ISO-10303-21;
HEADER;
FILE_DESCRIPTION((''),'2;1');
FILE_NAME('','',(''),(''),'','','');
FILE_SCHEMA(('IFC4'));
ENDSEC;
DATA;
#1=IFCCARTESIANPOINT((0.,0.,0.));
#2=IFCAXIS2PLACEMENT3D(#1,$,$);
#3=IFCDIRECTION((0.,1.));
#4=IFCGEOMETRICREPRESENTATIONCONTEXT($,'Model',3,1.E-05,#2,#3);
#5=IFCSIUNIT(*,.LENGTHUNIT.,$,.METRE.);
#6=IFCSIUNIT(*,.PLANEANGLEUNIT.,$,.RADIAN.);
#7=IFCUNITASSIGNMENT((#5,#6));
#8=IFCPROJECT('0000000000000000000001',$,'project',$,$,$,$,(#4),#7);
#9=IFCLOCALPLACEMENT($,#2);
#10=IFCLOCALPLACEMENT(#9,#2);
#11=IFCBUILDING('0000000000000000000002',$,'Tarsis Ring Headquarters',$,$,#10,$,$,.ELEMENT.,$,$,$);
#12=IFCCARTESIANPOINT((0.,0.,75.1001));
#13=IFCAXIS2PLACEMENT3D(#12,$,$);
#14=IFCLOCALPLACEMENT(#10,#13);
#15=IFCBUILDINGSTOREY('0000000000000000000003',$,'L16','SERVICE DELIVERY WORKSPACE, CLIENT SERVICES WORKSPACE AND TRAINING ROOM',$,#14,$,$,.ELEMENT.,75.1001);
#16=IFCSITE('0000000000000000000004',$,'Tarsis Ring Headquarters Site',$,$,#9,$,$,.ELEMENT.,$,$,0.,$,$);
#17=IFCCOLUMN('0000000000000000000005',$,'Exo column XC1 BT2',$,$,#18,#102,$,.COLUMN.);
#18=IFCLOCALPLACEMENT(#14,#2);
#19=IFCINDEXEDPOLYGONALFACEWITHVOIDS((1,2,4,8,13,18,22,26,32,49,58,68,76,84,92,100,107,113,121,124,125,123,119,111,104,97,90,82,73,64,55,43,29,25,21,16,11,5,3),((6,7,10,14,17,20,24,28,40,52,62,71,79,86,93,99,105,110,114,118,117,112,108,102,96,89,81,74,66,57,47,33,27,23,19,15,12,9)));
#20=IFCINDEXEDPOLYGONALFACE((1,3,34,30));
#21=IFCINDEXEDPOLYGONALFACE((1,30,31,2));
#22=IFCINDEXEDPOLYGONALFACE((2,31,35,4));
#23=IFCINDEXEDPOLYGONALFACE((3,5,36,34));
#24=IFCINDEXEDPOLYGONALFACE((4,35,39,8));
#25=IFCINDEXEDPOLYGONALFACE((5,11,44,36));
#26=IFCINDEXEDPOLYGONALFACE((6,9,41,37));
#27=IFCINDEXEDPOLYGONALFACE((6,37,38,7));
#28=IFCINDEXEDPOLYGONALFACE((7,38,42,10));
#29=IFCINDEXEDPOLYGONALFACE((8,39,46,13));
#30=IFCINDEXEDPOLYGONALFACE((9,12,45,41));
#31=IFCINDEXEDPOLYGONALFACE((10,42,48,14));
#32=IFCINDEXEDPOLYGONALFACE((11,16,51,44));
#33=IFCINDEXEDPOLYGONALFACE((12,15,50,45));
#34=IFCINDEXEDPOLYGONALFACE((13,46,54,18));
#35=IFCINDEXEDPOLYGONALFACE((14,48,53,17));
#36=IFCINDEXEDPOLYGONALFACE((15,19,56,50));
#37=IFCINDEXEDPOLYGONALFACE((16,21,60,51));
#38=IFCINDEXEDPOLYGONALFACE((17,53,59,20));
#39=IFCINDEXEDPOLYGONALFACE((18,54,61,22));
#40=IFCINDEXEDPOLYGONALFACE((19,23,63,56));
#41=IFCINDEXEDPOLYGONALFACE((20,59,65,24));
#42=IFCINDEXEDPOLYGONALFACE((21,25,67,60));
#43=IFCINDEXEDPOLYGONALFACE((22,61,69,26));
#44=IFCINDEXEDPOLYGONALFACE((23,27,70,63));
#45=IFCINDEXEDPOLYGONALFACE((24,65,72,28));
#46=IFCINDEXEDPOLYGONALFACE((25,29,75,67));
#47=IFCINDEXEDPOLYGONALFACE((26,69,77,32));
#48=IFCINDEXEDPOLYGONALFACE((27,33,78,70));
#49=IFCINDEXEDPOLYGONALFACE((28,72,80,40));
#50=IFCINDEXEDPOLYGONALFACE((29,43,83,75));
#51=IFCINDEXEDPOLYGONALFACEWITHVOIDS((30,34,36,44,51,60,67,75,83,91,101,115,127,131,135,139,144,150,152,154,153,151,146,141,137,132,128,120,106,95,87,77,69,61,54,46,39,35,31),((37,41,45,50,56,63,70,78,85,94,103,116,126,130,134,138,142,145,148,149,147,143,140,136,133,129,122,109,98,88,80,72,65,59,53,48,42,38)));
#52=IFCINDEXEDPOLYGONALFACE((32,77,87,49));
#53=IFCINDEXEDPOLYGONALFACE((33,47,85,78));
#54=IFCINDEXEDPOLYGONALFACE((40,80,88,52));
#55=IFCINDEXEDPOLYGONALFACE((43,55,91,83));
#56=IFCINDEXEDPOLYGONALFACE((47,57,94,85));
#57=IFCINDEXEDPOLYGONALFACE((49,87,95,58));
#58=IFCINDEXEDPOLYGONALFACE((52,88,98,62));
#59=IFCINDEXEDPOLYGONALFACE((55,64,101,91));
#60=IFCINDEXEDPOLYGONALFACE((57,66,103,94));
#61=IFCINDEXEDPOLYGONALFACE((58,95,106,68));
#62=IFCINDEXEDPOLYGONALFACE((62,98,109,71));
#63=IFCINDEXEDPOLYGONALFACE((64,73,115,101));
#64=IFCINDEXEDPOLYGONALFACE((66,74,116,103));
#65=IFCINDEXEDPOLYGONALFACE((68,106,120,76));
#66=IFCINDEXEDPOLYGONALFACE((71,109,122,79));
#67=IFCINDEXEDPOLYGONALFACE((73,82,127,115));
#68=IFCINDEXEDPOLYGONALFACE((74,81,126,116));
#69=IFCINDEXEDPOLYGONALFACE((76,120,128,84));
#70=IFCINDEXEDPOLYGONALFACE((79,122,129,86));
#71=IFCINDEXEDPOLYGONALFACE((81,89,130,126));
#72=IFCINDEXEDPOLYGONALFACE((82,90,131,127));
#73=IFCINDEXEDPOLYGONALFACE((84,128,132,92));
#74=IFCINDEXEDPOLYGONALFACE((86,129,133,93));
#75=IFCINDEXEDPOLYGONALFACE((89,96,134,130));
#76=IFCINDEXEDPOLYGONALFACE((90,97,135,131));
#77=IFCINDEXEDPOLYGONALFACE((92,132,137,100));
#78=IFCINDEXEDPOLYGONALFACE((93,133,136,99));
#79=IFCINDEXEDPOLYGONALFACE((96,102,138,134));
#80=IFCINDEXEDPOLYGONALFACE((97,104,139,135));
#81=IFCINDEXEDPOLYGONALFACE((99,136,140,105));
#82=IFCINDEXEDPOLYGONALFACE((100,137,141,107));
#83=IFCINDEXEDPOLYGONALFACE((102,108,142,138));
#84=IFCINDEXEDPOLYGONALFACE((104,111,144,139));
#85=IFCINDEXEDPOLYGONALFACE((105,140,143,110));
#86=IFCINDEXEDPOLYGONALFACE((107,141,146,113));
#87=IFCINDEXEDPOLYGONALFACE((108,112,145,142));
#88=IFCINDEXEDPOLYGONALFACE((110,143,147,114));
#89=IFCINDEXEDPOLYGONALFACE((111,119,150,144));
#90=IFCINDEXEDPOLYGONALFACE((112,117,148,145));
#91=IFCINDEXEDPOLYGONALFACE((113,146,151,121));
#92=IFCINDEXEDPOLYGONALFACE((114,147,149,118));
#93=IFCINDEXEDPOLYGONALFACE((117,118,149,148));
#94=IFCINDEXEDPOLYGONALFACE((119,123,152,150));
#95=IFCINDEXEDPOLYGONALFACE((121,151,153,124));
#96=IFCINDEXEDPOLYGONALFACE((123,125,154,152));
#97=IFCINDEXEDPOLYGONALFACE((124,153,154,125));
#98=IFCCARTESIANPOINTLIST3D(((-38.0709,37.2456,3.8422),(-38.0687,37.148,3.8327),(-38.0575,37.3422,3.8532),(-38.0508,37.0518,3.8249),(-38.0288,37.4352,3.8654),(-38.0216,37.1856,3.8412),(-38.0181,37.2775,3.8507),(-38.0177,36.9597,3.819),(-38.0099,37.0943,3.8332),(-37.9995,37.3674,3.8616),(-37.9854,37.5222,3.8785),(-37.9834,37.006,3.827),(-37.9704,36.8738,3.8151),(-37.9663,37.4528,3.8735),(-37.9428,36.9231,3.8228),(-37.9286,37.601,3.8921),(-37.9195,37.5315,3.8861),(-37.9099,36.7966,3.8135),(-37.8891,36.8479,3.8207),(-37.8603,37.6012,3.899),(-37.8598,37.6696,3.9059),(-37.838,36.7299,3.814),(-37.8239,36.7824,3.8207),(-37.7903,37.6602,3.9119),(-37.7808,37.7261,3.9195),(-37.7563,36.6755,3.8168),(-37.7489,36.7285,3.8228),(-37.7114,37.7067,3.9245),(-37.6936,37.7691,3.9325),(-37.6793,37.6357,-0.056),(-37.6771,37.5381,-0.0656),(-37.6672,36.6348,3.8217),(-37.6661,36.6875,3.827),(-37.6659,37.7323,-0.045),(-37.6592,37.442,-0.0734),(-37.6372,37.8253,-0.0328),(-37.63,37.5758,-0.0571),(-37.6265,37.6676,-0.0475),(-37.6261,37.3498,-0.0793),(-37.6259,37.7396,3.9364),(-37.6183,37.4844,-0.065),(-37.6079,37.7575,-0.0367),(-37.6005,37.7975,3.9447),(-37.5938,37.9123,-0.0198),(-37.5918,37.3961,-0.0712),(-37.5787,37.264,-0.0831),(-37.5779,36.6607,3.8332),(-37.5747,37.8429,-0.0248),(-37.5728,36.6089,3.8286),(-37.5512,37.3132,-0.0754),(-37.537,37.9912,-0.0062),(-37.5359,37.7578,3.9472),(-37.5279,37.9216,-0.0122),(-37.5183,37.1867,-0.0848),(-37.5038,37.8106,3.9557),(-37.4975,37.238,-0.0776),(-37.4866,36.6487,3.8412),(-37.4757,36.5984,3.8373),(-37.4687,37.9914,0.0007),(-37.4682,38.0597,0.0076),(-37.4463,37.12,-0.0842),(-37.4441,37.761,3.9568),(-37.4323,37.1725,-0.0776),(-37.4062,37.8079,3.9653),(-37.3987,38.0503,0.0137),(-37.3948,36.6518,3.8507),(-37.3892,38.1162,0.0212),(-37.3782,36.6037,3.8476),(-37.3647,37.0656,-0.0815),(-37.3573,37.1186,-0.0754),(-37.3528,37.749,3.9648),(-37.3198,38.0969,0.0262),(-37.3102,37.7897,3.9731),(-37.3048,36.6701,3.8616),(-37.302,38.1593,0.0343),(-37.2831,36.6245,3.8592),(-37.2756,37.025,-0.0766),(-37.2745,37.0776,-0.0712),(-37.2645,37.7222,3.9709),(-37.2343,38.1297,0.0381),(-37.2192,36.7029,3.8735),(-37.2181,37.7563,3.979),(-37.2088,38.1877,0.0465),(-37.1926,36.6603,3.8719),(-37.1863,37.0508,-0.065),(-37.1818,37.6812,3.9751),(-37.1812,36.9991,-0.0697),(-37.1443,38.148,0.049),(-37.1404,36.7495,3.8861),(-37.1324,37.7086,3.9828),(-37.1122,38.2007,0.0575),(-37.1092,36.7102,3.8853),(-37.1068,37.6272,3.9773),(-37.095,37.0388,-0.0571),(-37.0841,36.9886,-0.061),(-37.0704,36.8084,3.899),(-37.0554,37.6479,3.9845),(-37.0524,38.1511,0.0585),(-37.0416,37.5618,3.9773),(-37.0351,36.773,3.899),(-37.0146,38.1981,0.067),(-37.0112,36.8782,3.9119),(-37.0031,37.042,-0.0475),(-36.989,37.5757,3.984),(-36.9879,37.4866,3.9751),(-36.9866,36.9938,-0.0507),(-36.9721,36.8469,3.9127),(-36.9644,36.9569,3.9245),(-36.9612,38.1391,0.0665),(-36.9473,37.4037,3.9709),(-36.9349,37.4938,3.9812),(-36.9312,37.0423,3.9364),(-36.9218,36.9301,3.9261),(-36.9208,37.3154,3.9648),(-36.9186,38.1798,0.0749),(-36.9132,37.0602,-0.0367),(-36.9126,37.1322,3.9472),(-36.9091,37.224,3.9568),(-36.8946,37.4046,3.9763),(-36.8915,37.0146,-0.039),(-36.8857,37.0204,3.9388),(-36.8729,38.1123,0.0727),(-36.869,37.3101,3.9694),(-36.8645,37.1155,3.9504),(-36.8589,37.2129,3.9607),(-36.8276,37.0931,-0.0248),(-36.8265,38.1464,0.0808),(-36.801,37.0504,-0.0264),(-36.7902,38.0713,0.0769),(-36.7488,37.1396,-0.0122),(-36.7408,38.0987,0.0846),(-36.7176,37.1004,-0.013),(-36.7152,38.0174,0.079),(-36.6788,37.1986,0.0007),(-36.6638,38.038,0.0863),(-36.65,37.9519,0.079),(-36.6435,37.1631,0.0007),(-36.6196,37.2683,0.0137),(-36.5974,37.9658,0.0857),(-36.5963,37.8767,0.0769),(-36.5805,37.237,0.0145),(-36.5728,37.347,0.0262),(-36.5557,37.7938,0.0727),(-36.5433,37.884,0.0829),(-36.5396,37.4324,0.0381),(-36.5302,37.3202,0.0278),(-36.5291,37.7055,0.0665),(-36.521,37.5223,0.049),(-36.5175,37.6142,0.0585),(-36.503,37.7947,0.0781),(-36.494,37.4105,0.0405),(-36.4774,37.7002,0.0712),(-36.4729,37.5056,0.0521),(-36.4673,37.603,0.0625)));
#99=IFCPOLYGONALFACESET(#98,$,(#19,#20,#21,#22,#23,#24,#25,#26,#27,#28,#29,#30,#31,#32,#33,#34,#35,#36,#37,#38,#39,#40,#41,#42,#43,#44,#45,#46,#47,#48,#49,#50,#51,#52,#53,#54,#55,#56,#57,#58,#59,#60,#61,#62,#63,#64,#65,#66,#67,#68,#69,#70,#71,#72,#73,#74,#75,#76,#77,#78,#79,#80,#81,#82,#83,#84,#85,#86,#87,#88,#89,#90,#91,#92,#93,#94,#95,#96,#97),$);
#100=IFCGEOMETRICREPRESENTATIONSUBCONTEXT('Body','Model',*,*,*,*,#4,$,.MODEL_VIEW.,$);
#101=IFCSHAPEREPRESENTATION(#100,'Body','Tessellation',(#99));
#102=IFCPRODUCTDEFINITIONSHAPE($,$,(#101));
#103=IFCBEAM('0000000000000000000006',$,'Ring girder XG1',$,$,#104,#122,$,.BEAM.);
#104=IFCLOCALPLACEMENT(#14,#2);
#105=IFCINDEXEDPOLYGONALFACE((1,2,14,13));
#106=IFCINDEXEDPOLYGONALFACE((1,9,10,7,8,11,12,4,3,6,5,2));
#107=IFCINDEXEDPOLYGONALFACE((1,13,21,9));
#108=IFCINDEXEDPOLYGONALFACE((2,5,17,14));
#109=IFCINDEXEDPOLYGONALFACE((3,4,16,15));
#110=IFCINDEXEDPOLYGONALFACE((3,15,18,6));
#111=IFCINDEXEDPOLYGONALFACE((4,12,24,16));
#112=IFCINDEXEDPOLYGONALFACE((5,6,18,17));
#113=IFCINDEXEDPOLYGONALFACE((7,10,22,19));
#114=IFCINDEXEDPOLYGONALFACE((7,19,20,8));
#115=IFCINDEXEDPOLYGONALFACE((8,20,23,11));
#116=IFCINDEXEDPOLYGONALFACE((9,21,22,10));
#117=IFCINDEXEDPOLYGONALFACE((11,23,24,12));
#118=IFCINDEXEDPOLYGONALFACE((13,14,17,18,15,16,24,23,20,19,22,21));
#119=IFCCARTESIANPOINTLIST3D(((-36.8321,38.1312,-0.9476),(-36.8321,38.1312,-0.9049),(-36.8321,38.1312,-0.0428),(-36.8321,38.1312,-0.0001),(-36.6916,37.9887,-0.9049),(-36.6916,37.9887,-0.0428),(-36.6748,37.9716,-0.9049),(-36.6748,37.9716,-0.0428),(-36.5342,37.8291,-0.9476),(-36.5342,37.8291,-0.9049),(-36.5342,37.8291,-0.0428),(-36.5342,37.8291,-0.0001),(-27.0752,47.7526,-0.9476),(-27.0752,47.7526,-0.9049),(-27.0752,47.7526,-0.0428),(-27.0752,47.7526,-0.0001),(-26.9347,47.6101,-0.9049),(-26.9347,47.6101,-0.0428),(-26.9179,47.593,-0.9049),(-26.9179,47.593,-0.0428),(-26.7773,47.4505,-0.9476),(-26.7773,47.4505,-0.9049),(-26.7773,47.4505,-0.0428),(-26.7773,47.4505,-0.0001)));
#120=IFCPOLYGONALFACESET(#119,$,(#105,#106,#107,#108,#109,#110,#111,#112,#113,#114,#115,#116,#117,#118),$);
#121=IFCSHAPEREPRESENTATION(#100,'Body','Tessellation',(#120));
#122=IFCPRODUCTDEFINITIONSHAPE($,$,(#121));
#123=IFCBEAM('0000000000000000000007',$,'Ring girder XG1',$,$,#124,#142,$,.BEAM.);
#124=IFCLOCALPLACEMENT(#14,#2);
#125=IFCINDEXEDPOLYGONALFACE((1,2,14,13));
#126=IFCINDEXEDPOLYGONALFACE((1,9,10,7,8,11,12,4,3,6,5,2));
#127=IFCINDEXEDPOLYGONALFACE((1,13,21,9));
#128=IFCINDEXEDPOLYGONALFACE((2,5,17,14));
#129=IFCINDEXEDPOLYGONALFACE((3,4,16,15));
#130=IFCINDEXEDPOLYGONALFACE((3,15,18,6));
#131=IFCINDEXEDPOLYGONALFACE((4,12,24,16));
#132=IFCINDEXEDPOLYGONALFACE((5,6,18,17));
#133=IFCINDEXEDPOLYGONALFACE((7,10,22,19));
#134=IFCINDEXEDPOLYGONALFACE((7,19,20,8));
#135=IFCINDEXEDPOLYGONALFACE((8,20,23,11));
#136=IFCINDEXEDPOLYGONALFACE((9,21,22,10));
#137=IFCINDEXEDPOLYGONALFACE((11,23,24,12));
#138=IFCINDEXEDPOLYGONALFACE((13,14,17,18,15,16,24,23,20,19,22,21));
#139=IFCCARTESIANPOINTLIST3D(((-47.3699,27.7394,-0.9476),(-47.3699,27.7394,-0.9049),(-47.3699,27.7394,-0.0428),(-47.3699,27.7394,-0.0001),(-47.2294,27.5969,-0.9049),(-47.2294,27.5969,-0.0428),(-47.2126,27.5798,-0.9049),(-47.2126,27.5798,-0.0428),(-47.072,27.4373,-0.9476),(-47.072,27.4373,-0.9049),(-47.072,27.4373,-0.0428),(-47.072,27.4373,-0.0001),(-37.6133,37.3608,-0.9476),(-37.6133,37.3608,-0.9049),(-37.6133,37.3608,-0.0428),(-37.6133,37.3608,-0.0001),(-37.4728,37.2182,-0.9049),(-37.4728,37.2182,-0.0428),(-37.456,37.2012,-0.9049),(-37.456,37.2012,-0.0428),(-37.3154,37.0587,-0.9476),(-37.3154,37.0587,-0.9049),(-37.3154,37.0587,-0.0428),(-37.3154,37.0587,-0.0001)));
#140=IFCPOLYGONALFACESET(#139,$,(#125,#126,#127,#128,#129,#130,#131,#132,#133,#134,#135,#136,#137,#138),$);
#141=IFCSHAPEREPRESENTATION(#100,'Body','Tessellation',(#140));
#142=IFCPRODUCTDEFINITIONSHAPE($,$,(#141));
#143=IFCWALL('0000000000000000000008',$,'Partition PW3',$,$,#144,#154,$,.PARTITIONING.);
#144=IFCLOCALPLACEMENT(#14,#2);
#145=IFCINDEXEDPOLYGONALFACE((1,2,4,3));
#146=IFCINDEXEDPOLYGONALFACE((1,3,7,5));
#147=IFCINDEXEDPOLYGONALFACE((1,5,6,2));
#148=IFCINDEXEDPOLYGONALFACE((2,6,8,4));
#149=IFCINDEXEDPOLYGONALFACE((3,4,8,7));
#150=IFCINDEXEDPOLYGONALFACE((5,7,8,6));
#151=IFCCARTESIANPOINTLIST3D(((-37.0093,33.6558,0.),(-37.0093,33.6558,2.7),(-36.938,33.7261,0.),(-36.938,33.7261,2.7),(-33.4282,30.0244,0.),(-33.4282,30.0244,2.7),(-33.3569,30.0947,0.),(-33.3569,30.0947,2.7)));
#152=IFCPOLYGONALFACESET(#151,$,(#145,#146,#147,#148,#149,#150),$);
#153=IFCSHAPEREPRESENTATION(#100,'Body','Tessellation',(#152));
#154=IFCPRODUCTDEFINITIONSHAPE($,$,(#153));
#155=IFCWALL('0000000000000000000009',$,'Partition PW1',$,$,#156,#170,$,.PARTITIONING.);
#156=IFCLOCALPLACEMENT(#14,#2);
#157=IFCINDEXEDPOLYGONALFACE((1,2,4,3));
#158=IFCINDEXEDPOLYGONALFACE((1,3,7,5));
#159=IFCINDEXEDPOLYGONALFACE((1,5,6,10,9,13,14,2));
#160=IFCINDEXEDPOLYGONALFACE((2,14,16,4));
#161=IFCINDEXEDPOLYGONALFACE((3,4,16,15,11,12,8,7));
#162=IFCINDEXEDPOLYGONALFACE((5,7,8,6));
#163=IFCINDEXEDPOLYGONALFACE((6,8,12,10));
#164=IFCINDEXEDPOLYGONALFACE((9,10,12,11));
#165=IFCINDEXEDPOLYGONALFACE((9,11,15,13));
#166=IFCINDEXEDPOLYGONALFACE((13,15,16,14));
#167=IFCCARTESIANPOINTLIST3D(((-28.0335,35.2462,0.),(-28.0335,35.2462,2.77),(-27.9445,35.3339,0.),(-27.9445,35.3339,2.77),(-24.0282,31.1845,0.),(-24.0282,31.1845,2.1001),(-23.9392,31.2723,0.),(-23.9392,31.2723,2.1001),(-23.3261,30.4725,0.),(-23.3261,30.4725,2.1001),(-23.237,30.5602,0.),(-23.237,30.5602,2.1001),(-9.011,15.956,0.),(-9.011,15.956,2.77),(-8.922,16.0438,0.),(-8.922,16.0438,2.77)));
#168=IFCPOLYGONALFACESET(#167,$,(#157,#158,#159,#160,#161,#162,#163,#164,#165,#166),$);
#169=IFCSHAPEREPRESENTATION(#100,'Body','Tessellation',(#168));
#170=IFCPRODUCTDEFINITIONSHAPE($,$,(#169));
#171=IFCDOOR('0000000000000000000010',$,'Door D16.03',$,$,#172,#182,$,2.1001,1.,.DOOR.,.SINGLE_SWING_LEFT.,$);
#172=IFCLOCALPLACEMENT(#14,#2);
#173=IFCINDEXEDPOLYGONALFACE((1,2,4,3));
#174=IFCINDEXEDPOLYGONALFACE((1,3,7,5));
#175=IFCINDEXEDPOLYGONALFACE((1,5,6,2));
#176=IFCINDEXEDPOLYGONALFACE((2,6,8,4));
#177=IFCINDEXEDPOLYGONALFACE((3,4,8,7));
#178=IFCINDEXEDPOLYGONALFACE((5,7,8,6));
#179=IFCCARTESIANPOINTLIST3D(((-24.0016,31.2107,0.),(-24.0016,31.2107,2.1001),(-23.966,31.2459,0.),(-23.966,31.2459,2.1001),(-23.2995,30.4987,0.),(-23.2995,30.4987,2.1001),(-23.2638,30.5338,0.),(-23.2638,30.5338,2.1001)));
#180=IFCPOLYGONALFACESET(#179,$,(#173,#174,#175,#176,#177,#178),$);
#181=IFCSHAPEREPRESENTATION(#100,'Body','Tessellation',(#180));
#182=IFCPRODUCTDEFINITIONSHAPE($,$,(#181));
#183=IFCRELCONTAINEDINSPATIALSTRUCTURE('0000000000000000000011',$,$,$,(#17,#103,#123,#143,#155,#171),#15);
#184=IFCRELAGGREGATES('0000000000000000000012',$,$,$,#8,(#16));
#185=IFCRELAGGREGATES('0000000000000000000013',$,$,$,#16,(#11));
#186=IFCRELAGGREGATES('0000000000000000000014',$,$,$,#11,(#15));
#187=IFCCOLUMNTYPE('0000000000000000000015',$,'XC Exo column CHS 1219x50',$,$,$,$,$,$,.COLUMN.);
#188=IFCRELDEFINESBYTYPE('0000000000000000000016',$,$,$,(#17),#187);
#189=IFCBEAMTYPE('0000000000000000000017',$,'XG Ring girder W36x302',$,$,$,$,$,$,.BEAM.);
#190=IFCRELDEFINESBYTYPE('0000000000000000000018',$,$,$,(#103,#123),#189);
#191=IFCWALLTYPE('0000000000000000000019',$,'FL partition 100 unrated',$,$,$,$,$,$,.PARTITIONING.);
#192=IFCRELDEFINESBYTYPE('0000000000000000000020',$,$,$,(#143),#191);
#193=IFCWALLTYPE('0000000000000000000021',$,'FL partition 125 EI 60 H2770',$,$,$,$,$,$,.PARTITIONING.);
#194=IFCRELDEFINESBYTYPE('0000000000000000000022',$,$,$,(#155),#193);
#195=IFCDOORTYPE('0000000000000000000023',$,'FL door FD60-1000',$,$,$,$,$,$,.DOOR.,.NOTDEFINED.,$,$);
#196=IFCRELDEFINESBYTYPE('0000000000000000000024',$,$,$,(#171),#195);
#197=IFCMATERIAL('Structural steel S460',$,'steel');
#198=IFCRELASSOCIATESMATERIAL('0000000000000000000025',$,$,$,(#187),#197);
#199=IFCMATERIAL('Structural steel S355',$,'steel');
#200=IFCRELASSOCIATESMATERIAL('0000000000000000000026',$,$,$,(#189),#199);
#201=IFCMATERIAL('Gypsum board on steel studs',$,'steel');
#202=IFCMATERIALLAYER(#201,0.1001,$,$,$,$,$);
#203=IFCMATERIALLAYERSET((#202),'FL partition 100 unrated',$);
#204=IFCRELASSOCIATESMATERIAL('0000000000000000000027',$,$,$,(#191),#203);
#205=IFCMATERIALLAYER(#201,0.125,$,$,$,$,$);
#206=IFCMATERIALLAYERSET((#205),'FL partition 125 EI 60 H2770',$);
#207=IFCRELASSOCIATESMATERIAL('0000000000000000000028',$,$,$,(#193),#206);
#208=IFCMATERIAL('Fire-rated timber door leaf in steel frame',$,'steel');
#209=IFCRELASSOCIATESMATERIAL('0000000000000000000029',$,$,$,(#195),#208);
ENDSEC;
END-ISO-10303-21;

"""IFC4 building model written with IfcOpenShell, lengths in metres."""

from ifc_helpers import new_model, si_unit, direction, frame, frame_2d, origin, origin_2d, place, context, subcontext, project, spatial, rectangle, hollow_circle, i_section, extrude, material, layer, layer_set, material_profile, profile_set, type_object, element, fill, save


model = new_model("IFC4")

# Units and contexts
model_context = context("Model", 3, precision=1e-05, world=origin(), true_north=direction((0.0, 1.0)))
body_context = subcontext(model_context, "Body", "Model", "MODEL_VIEW")
ifc_project = project(units=[si_unit("LENGTHUNIT", "METRE"), si_unit("PLANEANGLEUNIT", "RADIAN")], contexts=[model_context])

# Site, building, storey
site_placement = place(None, origin())
site = spatial("IfcSite", under=ifc_project, at=site_placement, Name="Tarsis Ring Headquarters Site", CompositionType="ELEMENT", RefElevation=0.0)
building_placement = place(site_placement, origin())
building = spatial("IfcBuilding", under=site, at=building_placement, Name="Tarsis Ring Headquarters", CompositionType="ELEMENT")
storey_placement = place(building_placement, frame((0.0, 0.0, 75.1001)))
storey = spatial("IfcBuildingStorey", under=building, at=storey_placement, Name="L16", Description="SERVICE DELIVERY WORKSPACE, CLIENT SERVICES WORKSPACE AND TRAINING ROOM", CompositionType="ELEMENT", Elevation=75.1001)

# Column
ifc_material_1 = material(Name="Structural steel S460", Category="steel")
ifc_material_profile_1 = material_profile(ifc_material_1, hollow_circle(Radius=0.6096, WallThickness=0.05, at=origin_2d()), Name="CHS 1219x50")
ifc_profile_set_1 = profile_set([ifc_material_profile_1], Name="Structural steel S460")
column_type = type_object("IfcColumnType", Name="XC Exo column CHS 1219x50", PredefinedType="COLUMN", material=ifc_profile_set_1)
column_placement = place(storey_placement, frame((-37.0737, 37.595, 0.0007), z_axis=(-0.099462, -0.09909, 0.990095), x_axis=(0.705781, -0.708431, 0.0)))
element("IfcColumn", 1, at=column_placement, inside=storey, type_object=column_type, Name="Exo column XC1 BT2", PredefinedType="COLUMN", context=body_context, shape_type="SweptSolid", body=[
    extrude(hollow_circle(Radius=0.6096, WallThickness=0.05, at=origin_2d()), origin(), (0.0, 0.0, 1.0), 3.9373),
])

# Beams
ifc_material_2 = material(Name="Structural steel S355", Category="steel")
ifc_material_profile_2 = material_profile(ifc_material_2, i_section(OverallWidth=0.4243, OverallDepth=0.9475, WebThickness=0.0239, FlangeThickness=0.0427, at=origin_2d()), Name="W36x302")
ifc_profile_set_2 = profile_set([ifc_material_profile_2], Name="Structural steel S355")
beam_type = type_object("IfcBeamType", Name="XG Ring girder W36x302", PredefinedType="BEAM", material=ifc_profile_set_2)
beam_1_placement = place(storey_placement, frame((-26.9263, 47.6016, -0.4739), z_axis=(-0.712034, -0.702145, 0.0), x_axis=(0.702145, -0.712034, 0.0)))
element("IfcBeam", 2, at=beam_1_placement, inside=storey, type_object=beam_type, Name="Ring girder XG1", PredefinedType="BEAM", context=body_context, shape_type="SweptSolid", body=[
    extrude(i_section(OverallWidth=0.4243, OverallDepth=0.9475, WebThickness=0.0239, FlangeThickness=0.0427, at=origin_2d()), origin(), (0.0, 0.0, 1.0), 13.7029),
])
beam_2_placement = place(storey_placement, frame((-37.4644, 37.2097, -0.4739), z_axis=(-0.712025, -0.702154, 0.0), x_axis=(0.702154, -0.712025, 0.0)))
element("IfcBeam", 3, at=beam_2_placement, inside=storey, type_object=beam_type, Name="Ring girder XG1", PredefinedType="BEAM", context=body_context, shape_type="SweptSolid", body=[
    extrude(i_section(OverallWidth=0.4243, OverallDepth=0.9475, WebThickness=0.0239, FlangeThickness=0.0427, at=origin_2d()), origin(), (0.0, 0.0, 1.0), 13.7026),
])

# Wall
ifc_material_3 = material(Name="Gypsum board on steel studs", Category="steel")
ifc_layer_1 = layer(ifc_material_3, 0.1001)
ifc_layer_set_1 = layer_set([ifc_layer_1], Name="FL partition 100 unrated")
wall_type_1 = type_object("IfcWallType", Name="FL partition 100 unrated", PredefinedType="PARTITIONING", material=ifc_layer_set_1)
wall_1_placement = place(storey_placement, frame((-36.9736, 33.6909, 0.0), z_axis=(0.0, 0.0, 1.0), x_axis=(0.702159, -0.71202, 0.0)))
element("IfcWall", 4, at=wall_1_placement, inside=storey, type_object=wall_type_1, Name="Partition PW3", PredefinedType="PARTITIONING", context=body_context, shape_type="SweptSolid", body=[
    extrude(rectangle(XDim=5.1001, YDim=0.1001, at=frame_2d((2.55, 0.0))), origin(), (0.0, 0.0, 1.0), 2.7),
])

# Wall, opening, door
ifc_layer_2 = layer(ifc_material_3, 0.125)
ifc_layer_set_2 = layer_set([ifc_layer_2], Name="FL partition 125 EI 60 H2770")
wall_type_2 = type_object("IfcWallType", Name="FL partition 125 EI 60 H2770", PredefinedType="PARTITIONING", material=ifc_layer_set_2)
wall_2_placement = place(storey_placement, frame((-27.989, 35.29, 0.0), z_axis=(0.0, 0.0, 1.0), x_axis=(0.702151, -0.712028, 0.0)))
wall_2 = element("IfcWall", 5, at=wall_2_placement, inside=storey, type_object=wall_type_2, Name="Partition PW1", PredefinedType="PARTITIONING", context=body_context, shape_type="SweptSolid", body=[
    extrude(rectangle(XDim=27.0918, YDim=0.125, at=frame_2d((13.5459, 0.0))), origin(), (0.0, 0.0, 1.0), 2.77),
])
opening_1_placement = place(wall_2_placement, frame((5.7043, 0.0, 0.0)))
opening_1 = element("IfcOpeningElement", 6, at=opening_1_placement, cuts=wall_2, PredefinedType="OPENING", context=body_context, shape_type="SweptSolid", body=[
    extrude(rectangle(XDim=1.0, YDim=2.1001, at=frame_2d((0.5, 1.05))), frame((0.0, 0.0725, 0.0), z_axis=(0.0, -1.0, 0.0), x_axis=(1.0, 0.0, 0.0)), (0.0, 0.0, 1.0), 0.145),
])
ifc_material_4 = material(Name="Fire-rated timber door leaf in steel frame", Category="steel")
door_type = type_object("IfcDoorType", Name="FL door FD60-1000", OperationType="NOTDEFINED", PredefinedType="DOOR", material=ifc_material_4)
door_placement = place(opening_1_placement, origin())
door = element("IfcDoor", 7, at=door_placement, inside=storey, type_object=door_type, Name="Door D16.03", OperationType="SINGLE_SWING_LEFT", OverallHeight=2.1001, OverallWidth=1.0, PredefinedType="DOOR", context=body_context, shape_type="SweptSolid", body=[
    extrude(rectangle(XDim=1.0, YDim=2.1001, at=frame_2d((0.5, 1.05))), frame((0.0, 0.0249, 0.0), z_axis=(0.0, -1.0, 0.0), x_axis=(1.0, 0.0, 0.0)), (0.0, 0.0, 1.0), 0.05),
])
fill(opening_1, door)

save(model, "model.ifc")
